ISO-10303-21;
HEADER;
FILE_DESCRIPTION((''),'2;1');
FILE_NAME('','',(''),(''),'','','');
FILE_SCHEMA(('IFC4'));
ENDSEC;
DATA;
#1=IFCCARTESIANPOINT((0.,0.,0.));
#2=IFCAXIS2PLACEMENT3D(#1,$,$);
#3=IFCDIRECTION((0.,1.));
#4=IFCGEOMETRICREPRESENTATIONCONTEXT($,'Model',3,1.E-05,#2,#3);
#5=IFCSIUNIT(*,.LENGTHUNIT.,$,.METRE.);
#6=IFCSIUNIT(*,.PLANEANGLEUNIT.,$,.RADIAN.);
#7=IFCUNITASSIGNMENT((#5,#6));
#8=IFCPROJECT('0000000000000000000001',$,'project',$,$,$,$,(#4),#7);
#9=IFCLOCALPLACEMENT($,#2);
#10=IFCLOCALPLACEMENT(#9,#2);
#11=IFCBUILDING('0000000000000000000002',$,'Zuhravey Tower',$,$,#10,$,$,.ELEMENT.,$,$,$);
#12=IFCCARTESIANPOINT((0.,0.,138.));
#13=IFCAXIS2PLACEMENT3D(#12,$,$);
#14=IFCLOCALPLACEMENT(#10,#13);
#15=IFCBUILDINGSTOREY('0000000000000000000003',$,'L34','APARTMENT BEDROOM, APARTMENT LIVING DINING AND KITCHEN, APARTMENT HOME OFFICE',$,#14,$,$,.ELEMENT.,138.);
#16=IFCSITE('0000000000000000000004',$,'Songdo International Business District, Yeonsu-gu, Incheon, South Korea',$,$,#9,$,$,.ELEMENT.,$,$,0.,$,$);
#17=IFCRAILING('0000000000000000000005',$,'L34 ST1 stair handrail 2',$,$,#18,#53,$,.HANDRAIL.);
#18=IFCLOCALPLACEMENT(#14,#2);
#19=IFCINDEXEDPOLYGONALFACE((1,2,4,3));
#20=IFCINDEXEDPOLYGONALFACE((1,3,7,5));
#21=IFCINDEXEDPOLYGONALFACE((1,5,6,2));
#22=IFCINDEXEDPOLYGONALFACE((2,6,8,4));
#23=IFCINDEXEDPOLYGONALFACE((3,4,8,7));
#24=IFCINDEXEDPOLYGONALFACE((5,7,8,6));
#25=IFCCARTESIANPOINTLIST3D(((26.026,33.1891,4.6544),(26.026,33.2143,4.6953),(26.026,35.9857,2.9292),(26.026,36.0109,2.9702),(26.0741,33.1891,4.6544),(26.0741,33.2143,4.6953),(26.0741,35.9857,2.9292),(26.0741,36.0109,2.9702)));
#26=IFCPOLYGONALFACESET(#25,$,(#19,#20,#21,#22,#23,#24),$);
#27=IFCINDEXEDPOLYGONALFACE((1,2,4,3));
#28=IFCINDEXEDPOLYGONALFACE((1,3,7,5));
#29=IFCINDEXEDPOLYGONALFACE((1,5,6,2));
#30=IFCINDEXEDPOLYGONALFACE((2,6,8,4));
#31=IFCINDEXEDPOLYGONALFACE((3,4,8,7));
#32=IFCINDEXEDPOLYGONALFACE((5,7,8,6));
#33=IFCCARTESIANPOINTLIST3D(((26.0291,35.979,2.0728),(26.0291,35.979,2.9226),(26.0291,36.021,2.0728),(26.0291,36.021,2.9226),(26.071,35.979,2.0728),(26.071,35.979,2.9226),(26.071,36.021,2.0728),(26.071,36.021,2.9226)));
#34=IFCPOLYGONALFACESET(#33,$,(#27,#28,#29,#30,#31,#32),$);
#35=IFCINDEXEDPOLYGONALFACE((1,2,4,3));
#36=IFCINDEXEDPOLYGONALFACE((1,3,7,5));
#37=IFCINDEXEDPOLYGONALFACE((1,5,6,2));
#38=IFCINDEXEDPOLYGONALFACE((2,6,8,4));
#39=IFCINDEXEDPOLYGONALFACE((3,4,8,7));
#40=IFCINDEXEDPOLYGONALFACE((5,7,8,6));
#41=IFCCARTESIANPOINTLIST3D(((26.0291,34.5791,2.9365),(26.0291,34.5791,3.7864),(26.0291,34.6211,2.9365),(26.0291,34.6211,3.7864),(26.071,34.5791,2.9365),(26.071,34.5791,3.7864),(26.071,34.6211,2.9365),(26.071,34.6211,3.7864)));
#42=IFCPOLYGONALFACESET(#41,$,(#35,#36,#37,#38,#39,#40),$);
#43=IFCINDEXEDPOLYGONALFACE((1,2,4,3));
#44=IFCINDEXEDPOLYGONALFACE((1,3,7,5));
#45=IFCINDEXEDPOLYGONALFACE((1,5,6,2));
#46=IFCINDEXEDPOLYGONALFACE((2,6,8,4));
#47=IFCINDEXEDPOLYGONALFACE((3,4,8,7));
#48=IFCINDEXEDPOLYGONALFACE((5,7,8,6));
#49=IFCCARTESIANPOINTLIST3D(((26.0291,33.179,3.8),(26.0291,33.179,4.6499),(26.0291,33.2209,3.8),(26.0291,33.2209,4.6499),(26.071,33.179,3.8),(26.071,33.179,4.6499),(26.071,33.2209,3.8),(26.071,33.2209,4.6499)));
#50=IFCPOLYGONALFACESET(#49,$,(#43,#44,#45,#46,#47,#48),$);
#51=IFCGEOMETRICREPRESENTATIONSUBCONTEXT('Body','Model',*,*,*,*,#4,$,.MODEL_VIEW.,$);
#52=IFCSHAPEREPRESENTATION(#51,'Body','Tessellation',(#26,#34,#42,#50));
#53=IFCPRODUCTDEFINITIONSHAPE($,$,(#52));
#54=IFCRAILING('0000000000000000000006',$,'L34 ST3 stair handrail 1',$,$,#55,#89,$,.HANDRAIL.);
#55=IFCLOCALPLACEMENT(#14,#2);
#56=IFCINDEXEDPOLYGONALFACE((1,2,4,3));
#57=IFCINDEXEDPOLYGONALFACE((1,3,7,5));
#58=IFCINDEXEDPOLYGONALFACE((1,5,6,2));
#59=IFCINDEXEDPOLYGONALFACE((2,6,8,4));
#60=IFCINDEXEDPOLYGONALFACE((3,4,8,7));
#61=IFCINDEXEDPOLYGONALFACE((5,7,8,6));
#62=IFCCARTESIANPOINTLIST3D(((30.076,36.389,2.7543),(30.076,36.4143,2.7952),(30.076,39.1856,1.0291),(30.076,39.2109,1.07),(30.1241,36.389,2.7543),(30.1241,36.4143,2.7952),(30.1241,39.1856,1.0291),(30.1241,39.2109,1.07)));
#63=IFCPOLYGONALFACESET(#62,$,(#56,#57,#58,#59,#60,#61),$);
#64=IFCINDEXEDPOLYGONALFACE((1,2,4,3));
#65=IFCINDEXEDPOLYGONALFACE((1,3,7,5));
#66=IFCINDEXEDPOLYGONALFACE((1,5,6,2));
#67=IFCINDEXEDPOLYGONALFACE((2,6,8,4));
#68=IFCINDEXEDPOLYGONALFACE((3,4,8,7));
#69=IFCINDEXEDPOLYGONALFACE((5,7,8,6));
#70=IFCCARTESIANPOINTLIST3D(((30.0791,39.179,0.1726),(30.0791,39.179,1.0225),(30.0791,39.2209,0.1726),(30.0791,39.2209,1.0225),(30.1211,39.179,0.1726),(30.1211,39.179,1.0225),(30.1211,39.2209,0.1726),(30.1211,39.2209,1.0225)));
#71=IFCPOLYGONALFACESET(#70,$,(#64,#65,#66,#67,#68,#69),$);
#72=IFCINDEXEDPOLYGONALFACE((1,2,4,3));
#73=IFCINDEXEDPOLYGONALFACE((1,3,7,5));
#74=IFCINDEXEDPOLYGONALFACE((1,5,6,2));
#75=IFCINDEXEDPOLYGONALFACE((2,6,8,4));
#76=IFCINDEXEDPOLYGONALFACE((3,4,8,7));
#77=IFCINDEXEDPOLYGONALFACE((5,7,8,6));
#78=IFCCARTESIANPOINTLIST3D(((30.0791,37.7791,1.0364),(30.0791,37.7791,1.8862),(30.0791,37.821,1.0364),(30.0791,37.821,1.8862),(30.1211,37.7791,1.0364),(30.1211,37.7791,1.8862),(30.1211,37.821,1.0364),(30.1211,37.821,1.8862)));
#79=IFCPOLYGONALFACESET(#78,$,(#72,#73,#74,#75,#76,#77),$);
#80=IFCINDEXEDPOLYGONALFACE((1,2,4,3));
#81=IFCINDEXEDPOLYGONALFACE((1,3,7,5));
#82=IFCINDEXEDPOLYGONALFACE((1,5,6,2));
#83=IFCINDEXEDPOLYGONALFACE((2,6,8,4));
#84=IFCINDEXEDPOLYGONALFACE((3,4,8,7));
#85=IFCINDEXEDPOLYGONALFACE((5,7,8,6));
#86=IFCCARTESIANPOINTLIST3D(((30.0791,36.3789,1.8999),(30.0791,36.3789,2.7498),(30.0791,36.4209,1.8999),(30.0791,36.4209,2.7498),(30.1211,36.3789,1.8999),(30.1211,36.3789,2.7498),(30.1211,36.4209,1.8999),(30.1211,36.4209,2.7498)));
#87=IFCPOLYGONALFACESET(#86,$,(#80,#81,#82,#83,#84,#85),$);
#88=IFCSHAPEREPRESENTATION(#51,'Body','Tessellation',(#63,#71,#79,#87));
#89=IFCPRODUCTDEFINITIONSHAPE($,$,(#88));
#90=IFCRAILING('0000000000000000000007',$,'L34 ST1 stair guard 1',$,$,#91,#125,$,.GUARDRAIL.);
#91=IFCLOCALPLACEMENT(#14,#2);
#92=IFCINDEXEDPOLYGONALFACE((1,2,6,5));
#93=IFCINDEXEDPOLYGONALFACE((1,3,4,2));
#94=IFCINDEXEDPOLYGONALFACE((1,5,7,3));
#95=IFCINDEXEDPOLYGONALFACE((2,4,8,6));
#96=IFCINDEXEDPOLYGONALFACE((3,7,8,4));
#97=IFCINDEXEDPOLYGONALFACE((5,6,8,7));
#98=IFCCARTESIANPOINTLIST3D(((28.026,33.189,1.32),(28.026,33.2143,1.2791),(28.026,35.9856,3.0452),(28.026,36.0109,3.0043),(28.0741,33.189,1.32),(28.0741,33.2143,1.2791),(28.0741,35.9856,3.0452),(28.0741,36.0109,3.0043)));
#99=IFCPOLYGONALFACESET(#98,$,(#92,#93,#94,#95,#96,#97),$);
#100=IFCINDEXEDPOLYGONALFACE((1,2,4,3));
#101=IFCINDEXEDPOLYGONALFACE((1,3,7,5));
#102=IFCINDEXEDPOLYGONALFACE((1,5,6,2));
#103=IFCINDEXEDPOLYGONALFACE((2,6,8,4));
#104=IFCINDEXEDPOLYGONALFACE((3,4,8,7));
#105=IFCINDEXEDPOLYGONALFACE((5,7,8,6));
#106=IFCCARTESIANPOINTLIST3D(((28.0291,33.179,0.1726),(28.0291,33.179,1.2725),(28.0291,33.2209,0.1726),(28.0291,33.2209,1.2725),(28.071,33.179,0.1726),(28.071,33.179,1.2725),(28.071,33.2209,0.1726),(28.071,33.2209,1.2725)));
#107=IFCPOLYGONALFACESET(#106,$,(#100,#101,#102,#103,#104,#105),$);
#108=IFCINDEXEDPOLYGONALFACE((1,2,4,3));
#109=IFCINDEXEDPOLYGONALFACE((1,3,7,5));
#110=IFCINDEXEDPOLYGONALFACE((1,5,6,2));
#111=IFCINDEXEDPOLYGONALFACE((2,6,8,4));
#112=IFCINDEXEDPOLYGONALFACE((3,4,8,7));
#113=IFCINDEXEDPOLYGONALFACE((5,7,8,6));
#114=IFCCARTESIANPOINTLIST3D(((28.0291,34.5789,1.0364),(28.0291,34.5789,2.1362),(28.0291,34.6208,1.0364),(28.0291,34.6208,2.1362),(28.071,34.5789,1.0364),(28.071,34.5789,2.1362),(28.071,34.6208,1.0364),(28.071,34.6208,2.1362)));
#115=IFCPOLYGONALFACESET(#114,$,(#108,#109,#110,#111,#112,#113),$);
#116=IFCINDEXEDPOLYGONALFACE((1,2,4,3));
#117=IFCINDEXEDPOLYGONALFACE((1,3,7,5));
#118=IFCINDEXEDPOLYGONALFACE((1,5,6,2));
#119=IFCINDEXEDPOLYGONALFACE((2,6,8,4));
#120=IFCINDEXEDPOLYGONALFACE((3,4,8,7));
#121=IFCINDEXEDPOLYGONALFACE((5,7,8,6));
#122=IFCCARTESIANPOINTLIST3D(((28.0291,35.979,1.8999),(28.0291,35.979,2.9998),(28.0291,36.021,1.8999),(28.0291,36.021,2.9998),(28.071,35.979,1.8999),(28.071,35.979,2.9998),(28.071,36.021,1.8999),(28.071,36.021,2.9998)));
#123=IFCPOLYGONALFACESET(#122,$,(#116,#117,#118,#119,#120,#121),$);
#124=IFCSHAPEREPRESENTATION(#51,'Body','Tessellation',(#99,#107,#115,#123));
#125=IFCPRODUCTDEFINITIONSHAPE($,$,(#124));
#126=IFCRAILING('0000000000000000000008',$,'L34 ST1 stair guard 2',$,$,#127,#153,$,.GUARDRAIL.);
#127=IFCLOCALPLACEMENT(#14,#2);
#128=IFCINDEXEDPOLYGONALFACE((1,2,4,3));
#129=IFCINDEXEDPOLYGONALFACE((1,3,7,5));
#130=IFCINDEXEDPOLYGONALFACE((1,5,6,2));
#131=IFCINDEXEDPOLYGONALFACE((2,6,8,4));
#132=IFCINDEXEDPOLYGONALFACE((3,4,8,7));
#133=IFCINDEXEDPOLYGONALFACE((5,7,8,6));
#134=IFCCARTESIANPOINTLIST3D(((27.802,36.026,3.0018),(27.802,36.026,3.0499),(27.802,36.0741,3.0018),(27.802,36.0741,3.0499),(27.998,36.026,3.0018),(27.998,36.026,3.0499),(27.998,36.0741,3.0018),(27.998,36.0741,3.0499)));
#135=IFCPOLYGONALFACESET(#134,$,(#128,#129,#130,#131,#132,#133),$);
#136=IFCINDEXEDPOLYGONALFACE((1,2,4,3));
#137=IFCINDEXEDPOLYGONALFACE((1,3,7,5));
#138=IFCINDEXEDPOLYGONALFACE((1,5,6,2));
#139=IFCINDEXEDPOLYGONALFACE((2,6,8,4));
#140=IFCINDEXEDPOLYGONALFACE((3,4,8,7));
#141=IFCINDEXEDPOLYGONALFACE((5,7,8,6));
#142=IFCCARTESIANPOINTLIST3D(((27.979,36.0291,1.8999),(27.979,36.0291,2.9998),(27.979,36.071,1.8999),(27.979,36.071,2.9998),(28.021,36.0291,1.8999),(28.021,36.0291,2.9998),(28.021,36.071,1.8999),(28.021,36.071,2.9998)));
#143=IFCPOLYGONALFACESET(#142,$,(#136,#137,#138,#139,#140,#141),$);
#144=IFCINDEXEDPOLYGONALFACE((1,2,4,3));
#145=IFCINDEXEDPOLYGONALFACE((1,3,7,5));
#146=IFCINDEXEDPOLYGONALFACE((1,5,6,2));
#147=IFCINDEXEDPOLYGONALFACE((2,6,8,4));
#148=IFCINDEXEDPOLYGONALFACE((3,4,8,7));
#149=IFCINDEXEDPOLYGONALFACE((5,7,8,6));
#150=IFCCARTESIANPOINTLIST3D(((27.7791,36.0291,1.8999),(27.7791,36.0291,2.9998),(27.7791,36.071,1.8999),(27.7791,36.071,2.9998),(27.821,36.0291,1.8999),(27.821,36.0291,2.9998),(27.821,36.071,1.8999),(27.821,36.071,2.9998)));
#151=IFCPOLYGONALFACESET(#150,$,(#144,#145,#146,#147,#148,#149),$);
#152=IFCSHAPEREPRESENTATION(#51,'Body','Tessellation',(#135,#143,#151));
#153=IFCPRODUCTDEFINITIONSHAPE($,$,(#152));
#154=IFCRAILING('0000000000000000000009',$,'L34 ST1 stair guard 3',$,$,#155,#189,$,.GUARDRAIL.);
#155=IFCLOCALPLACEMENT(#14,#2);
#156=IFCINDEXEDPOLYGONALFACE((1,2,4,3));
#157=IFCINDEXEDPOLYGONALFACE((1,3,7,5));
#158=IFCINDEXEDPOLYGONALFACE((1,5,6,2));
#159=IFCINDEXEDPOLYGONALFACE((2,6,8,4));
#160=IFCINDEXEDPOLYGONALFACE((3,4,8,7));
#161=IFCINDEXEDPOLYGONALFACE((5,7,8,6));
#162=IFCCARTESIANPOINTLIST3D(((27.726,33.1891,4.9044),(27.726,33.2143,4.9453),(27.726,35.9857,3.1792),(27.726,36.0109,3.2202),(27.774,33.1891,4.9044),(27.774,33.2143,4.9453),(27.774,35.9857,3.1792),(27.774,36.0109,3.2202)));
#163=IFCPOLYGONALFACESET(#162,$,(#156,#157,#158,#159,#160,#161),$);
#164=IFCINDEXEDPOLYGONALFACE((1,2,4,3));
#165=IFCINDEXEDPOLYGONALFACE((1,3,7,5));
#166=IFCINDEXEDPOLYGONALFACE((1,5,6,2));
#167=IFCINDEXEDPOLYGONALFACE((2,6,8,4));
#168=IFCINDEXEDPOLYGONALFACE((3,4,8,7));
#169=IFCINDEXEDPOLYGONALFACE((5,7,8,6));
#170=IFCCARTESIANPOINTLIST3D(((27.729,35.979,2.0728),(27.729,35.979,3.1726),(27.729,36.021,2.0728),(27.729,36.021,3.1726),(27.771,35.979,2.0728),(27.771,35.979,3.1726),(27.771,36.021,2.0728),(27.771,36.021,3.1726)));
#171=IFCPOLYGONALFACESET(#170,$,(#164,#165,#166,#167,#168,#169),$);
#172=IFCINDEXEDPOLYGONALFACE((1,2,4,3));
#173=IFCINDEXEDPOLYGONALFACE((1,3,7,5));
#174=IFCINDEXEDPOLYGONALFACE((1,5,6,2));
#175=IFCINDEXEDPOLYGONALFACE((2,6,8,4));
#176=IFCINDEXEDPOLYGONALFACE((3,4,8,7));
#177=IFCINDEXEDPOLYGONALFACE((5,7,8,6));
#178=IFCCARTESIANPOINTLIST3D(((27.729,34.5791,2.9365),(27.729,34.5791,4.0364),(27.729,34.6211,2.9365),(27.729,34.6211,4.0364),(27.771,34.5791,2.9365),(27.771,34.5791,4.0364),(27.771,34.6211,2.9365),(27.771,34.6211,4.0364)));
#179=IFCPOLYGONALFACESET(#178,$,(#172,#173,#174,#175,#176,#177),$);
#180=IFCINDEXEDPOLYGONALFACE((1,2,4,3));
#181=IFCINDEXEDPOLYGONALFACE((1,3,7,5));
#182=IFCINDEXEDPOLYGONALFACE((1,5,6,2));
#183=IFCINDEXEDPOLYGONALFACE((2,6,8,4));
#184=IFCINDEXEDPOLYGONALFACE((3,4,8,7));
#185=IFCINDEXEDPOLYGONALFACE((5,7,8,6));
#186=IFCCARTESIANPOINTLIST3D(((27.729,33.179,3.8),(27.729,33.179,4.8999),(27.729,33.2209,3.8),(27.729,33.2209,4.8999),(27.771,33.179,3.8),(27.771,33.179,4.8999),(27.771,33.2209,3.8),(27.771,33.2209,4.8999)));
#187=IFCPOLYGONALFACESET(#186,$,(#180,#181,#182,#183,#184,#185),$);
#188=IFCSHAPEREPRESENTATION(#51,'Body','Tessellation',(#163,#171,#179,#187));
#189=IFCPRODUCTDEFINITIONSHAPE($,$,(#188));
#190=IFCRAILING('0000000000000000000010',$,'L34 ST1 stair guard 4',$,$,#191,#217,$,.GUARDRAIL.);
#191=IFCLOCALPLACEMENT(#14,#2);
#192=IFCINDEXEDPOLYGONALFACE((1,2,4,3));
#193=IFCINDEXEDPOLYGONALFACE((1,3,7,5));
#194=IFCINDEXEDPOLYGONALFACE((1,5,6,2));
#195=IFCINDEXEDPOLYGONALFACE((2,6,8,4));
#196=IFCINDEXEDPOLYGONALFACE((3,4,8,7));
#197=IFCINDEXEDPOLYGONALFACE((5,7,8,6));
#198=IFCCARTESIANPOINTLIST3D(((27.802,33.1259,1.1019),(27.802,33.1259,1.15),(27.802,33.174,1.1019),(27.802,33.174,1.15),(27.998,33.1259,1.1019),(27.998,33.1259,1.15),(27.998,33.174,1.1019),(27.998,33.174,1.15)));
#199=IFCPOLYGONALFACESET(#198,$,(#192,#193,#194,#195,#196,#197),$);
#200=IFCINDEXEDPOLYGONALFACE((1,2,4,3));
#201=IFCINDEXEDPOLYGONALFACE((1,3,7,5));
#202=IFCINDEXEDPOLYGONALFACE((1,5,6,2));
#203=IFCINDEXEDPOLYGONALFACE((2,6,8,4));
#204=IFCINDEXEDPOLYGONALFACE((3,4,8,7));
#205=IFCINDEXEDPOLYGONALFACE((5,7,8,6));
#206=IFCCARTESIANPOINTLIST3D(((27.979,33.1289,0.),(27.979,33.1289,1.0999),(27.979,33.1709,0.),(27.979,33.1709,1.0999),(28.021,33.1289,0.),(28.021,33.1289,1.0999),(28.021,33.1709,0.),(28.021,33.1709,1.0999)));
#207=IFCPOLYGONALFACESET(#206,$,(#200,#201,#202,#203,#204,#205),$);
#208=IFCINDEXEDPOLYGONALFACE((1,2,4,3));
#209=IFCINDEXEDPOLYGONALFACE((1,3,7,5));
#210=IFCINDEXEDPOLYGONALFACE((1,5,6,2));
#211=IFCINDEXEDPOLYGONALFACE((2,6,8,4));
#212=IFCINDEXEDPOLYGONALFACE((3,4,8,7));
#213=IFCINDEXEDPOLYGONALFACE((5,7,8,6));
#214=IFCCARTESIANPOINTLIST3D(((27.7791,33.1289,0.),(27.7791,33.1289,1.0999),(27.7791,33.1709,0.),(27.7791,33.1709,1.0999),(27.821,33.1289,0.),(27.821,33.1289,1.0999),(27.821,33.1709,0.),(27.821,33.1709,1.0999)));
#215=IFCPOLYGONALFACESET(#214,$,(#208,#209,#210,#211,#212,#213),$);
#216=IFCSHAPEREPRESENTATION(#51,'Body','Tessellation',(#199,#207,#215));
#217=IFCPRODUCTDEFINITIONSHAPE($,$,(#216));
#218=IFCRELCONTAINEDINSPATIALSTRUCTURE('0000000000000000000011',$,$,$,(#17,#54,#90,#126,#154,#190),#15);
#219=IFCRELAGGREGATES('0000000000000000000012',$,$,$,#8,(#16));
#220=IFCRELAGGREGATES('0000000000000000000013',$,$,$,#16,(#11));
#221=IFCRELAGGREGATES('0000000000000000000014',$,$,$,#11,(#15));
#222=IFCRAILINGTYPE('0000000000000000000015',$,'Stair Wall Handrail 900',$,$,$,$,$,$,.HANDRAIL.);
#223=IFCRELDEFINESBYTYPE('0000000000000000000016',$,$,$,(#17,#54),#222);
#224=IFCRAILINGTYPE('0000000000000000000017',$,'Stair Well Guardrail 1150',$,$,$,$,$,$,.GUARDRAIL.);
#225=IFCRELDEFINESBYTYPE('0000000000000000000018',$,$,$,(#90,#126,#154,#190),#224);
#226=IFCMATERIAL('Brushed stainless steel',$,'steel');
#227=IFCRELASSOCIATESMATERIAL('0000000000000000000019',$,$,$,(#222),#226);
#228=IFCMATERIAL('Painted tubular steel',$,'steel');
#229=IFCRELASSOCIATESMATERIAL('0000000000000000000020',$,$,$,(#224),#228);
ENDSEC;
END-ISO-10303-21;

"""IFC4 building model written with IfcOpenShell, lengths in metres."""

from ifc_helpers import new_model, si_unit, direction, frame, origin, origin_2d, place, context, subcontext, project, spatial, rectangle, extrude, material, type_object, element, save


model = new_model("IFC4")

# Units and contexts
model_context = context("Model", 3, precision=1e-05, world=origin(), true_north=direction((0.0, 1.0)))
body_context = subcontext(model_context, "Body", "Model", "MODEL_VIEW")
ifc_project = project(units=[si_unit("LENGTHUNIT", "METRE"), si_unit("PLANEANGLEUNIT", "RADIAN")], contexts=[model_context])

# Site, building, storey
site_placement = place(None, origin())
site = spatial("IfcSite", under=ifc_project, at=site_placement, Name="Songdo International Business District, Yeonsu-gu, Incheon, South Korea", CompositionType="ELEMENT", RefElevation=0.0)
building_placement = place(site_placement, origin())
building = spatial("IfcBuilding", under=site, at=building_placement, Name="Zuhravey Tower", CompositionType="ELEMENT")
storey_placement = place(building_placement, frame((0.0, 0.0, 138.0)))
storey = spatial("IfcBuildingStorey", under=building, at=storey_placement, Name="L34", Description="APARTMENT BEDROOM, APARTMENT LIVING DINING AND KITCHEN, APARTMENT HOME OFFICE", CompositionType="ELEMENT", Elevation=138.0)

# Railings
ifc_material_1 = material(Name="Brushed stainless steel", Category="steel")
railing_type_1 = type_object("IfcRailingType", Name="Stair Wall Handrail 900", PredefinedType="HANDRAIL", material=ifc_material_1)
for number, where, name in (
    (1, (26.05, 36.0, 2.0728), "L34 ST1 stair handrail 2"),
    (2, (30.1001, 39.2, 0.1726), "L34 ST3 stair handrail 1"),
):
    element("IfcRailing", number, at=place(storey_placement, frame(where)), inside=storey, type_object=railing_type_1, Name=name, PredefinedType="HANDRAIL", context=body_context, shape_type="SweptSolid", body=[
        extrude(rectangle(XDim=0.0481, YDim=0.0481, at=origin_2d()), frame((0.0, -0.0017, 0.877), z_axis=(0.0, -0.85109, 0.52502), x_axis=(1.0, 0.0, 0.0)), (0.0, 0.0, 1.0), 3.2859),
        extrude(rectangle(XDim=0.042, YDim=0.042, at=origin_2d()), origin(), (0.0, 0.0, 1.0), 0.8499),
        extrude(rectangle(XDim=0.042, YDim=0.042, at=origin_2d()), frame((0.0, -1.3999, 0.8638)), (0.0, 0.0, 1.0), 0.8499),
        extrude(rectangle(XDim=0.042, YDim=0.042, at=origin_2d()), frame((0.0, -2.8, 1.7273)), (0.0, 0.0, 1.0), 0.8499),
    ])
ifc_material_2 = material(Name="Painted tubular steel", Category="steel")
railing_type_2 = type_object("IfcRailingType", Name="Stair Well Guardrail 1150", PredefinedType="GUARDRAIL", material=ifc_material_2)
railing_1_placement = place(storey_placement, frame((28.05, 33.2, 0.1726)))
element("IfcRailing", 3, at=railing_1_placement, inside=storey, type_object=railing_type_2, Name="L34 ST1 stair guard 1", PredefinedType="GUARDRAIL", context=body_context, shape_type="SweptSolid", body=[
    extrude(rectangle(XDim=0.0481, YDim=0.0481, at=origin_2d()), frame((0.0, 0.0017, 1.127), z_axis=(0.0, 0.85109, 0.52502), x_axis=(-1.0, 0.0, 0.0)), (0.0, 0.0, 1.0), 3.2859),
    extrude(rectangle(XDim=0.042, YDim=0.042, at=origin_2d()), origin(), (0.0, 0.0, 1.0), 1.0999),
    extrude(rectangle(XDim=0.042, YDim=0.042, at=origin_2d()), frame((0.0, 1.3999, 0.8638)), (0.0, 0.0, 1.0), 1.0999),
    extrude(rectangle(XDim=0.042, YDim=0.042, at=origin_2d()), frame((0.0, 2.8, 1.7273)), (0.0, 0.0, 1.0), 1.0999),
])
railing_2_placement = place(storey_placement, frame((28.0, 36.05, 1.8999)))
element("IfcRailing", 4, at=railing_2_placement, inside=storey, type_object=railing_type_2, Name="L34 ST1 stair guard 2", PredefinedType="GUARDRAIL", context=body_context, shape_type="SweptSolid", body=[
    extrude(rectangle(XDim=0.0481, YDim=0.0481, at=origin_2d()), frame((-0.002, 0.0, 1.126), z_axis=(-1.0, 0.0, 0.0), x_axis=(0.0, -1.0, 0.0)), (0.0, 0.0, 1.0), 0.196),
    extrude(rectangle(XDim=0.042, YDim=0.042, at=origin_2d()), origin(), (0.0, 0.0, 1.0), 1.0999),
    extrude(rectangle(XDim=0.042, YDim=0.042, at=origin_2d()), frame((-0.2, 0.0, 0.0)), (0.0, 0.0, 1.0), 1.0999),
])
railing_3_placement = place(storey_placement, frame((27.75, 36.0, 2.0728)))
element("IfcRailing", 5, at=railing_3_placement, inside=storey, type_object=railing_type_2, Name="L34 ST1 stair guard 3", PredefinedType="GUARDRAIL", context=body_context, shape_type="SweptSolid", body=[
    extrude(rectangle(XDim=0.0481, YDim=0.0481, at=origin_2d()), frame((0.0, -0.0017, 1.127), z_axis=(0.0, -0.85109, 0.52502), x_axis=(1.0, 0.0, 0.0)), (0.0, 0.0, 1.0), 3.2859),
    extrude(rectangle(XDim=0.042, YDim=0.042, at=origin_2d()), origin(), (0.0, 0.0, 1.0), 1.0999),
    extrude(rectangle(XDim=0.042, YDim=0.042, at=origin_2d()), frame((0.0, -1.3999, 0.8638)), (0.0, 0.0, 1.0), 1.0999),
    extrude(rectangle(XDim=0.042, YDim=0.042, at=origin_2d()), frame((0.0, -2.8, 1.7273)), (0.0, 0.0, 1.0), 1.0999),
])
railing_4_placement = place(storey_placement, frame((28.0, 33.1499, 0.0)))
element("IfcRailing", 6, at=railing_4_placement, inside=storey, type_object=railing_type_2, Name="L34 ST1 stair guard 4", PredefinedType="GUARDRAIL", context=body_context, shape_type="SweptSolid", body=[
    extrude(rectangle(XDim=0.0481, YDim=0.0481, at=origin_2d()), frame((-0.002, 0.0, 1.126), z_axis=(-1.0, 0.0, 0.0), x_axis=(0.0, -1.0, 0.0)), (0.0, 0.0, 1.0), 0.196),
    extrude(rectangle(XDim=0.042, YDim=0.042, at=origin_2d()), origin(), (0.0, 0.0, 1.0), 1.0999),
    extrude(rectangle(XDim=0.042, YDim=0.042, at=origin_2d()), frame((-0.2, 0.0, 0.0)), (0.0, 0.0, 1.0), 1.0999),
])

save(model, "model.ifc")
